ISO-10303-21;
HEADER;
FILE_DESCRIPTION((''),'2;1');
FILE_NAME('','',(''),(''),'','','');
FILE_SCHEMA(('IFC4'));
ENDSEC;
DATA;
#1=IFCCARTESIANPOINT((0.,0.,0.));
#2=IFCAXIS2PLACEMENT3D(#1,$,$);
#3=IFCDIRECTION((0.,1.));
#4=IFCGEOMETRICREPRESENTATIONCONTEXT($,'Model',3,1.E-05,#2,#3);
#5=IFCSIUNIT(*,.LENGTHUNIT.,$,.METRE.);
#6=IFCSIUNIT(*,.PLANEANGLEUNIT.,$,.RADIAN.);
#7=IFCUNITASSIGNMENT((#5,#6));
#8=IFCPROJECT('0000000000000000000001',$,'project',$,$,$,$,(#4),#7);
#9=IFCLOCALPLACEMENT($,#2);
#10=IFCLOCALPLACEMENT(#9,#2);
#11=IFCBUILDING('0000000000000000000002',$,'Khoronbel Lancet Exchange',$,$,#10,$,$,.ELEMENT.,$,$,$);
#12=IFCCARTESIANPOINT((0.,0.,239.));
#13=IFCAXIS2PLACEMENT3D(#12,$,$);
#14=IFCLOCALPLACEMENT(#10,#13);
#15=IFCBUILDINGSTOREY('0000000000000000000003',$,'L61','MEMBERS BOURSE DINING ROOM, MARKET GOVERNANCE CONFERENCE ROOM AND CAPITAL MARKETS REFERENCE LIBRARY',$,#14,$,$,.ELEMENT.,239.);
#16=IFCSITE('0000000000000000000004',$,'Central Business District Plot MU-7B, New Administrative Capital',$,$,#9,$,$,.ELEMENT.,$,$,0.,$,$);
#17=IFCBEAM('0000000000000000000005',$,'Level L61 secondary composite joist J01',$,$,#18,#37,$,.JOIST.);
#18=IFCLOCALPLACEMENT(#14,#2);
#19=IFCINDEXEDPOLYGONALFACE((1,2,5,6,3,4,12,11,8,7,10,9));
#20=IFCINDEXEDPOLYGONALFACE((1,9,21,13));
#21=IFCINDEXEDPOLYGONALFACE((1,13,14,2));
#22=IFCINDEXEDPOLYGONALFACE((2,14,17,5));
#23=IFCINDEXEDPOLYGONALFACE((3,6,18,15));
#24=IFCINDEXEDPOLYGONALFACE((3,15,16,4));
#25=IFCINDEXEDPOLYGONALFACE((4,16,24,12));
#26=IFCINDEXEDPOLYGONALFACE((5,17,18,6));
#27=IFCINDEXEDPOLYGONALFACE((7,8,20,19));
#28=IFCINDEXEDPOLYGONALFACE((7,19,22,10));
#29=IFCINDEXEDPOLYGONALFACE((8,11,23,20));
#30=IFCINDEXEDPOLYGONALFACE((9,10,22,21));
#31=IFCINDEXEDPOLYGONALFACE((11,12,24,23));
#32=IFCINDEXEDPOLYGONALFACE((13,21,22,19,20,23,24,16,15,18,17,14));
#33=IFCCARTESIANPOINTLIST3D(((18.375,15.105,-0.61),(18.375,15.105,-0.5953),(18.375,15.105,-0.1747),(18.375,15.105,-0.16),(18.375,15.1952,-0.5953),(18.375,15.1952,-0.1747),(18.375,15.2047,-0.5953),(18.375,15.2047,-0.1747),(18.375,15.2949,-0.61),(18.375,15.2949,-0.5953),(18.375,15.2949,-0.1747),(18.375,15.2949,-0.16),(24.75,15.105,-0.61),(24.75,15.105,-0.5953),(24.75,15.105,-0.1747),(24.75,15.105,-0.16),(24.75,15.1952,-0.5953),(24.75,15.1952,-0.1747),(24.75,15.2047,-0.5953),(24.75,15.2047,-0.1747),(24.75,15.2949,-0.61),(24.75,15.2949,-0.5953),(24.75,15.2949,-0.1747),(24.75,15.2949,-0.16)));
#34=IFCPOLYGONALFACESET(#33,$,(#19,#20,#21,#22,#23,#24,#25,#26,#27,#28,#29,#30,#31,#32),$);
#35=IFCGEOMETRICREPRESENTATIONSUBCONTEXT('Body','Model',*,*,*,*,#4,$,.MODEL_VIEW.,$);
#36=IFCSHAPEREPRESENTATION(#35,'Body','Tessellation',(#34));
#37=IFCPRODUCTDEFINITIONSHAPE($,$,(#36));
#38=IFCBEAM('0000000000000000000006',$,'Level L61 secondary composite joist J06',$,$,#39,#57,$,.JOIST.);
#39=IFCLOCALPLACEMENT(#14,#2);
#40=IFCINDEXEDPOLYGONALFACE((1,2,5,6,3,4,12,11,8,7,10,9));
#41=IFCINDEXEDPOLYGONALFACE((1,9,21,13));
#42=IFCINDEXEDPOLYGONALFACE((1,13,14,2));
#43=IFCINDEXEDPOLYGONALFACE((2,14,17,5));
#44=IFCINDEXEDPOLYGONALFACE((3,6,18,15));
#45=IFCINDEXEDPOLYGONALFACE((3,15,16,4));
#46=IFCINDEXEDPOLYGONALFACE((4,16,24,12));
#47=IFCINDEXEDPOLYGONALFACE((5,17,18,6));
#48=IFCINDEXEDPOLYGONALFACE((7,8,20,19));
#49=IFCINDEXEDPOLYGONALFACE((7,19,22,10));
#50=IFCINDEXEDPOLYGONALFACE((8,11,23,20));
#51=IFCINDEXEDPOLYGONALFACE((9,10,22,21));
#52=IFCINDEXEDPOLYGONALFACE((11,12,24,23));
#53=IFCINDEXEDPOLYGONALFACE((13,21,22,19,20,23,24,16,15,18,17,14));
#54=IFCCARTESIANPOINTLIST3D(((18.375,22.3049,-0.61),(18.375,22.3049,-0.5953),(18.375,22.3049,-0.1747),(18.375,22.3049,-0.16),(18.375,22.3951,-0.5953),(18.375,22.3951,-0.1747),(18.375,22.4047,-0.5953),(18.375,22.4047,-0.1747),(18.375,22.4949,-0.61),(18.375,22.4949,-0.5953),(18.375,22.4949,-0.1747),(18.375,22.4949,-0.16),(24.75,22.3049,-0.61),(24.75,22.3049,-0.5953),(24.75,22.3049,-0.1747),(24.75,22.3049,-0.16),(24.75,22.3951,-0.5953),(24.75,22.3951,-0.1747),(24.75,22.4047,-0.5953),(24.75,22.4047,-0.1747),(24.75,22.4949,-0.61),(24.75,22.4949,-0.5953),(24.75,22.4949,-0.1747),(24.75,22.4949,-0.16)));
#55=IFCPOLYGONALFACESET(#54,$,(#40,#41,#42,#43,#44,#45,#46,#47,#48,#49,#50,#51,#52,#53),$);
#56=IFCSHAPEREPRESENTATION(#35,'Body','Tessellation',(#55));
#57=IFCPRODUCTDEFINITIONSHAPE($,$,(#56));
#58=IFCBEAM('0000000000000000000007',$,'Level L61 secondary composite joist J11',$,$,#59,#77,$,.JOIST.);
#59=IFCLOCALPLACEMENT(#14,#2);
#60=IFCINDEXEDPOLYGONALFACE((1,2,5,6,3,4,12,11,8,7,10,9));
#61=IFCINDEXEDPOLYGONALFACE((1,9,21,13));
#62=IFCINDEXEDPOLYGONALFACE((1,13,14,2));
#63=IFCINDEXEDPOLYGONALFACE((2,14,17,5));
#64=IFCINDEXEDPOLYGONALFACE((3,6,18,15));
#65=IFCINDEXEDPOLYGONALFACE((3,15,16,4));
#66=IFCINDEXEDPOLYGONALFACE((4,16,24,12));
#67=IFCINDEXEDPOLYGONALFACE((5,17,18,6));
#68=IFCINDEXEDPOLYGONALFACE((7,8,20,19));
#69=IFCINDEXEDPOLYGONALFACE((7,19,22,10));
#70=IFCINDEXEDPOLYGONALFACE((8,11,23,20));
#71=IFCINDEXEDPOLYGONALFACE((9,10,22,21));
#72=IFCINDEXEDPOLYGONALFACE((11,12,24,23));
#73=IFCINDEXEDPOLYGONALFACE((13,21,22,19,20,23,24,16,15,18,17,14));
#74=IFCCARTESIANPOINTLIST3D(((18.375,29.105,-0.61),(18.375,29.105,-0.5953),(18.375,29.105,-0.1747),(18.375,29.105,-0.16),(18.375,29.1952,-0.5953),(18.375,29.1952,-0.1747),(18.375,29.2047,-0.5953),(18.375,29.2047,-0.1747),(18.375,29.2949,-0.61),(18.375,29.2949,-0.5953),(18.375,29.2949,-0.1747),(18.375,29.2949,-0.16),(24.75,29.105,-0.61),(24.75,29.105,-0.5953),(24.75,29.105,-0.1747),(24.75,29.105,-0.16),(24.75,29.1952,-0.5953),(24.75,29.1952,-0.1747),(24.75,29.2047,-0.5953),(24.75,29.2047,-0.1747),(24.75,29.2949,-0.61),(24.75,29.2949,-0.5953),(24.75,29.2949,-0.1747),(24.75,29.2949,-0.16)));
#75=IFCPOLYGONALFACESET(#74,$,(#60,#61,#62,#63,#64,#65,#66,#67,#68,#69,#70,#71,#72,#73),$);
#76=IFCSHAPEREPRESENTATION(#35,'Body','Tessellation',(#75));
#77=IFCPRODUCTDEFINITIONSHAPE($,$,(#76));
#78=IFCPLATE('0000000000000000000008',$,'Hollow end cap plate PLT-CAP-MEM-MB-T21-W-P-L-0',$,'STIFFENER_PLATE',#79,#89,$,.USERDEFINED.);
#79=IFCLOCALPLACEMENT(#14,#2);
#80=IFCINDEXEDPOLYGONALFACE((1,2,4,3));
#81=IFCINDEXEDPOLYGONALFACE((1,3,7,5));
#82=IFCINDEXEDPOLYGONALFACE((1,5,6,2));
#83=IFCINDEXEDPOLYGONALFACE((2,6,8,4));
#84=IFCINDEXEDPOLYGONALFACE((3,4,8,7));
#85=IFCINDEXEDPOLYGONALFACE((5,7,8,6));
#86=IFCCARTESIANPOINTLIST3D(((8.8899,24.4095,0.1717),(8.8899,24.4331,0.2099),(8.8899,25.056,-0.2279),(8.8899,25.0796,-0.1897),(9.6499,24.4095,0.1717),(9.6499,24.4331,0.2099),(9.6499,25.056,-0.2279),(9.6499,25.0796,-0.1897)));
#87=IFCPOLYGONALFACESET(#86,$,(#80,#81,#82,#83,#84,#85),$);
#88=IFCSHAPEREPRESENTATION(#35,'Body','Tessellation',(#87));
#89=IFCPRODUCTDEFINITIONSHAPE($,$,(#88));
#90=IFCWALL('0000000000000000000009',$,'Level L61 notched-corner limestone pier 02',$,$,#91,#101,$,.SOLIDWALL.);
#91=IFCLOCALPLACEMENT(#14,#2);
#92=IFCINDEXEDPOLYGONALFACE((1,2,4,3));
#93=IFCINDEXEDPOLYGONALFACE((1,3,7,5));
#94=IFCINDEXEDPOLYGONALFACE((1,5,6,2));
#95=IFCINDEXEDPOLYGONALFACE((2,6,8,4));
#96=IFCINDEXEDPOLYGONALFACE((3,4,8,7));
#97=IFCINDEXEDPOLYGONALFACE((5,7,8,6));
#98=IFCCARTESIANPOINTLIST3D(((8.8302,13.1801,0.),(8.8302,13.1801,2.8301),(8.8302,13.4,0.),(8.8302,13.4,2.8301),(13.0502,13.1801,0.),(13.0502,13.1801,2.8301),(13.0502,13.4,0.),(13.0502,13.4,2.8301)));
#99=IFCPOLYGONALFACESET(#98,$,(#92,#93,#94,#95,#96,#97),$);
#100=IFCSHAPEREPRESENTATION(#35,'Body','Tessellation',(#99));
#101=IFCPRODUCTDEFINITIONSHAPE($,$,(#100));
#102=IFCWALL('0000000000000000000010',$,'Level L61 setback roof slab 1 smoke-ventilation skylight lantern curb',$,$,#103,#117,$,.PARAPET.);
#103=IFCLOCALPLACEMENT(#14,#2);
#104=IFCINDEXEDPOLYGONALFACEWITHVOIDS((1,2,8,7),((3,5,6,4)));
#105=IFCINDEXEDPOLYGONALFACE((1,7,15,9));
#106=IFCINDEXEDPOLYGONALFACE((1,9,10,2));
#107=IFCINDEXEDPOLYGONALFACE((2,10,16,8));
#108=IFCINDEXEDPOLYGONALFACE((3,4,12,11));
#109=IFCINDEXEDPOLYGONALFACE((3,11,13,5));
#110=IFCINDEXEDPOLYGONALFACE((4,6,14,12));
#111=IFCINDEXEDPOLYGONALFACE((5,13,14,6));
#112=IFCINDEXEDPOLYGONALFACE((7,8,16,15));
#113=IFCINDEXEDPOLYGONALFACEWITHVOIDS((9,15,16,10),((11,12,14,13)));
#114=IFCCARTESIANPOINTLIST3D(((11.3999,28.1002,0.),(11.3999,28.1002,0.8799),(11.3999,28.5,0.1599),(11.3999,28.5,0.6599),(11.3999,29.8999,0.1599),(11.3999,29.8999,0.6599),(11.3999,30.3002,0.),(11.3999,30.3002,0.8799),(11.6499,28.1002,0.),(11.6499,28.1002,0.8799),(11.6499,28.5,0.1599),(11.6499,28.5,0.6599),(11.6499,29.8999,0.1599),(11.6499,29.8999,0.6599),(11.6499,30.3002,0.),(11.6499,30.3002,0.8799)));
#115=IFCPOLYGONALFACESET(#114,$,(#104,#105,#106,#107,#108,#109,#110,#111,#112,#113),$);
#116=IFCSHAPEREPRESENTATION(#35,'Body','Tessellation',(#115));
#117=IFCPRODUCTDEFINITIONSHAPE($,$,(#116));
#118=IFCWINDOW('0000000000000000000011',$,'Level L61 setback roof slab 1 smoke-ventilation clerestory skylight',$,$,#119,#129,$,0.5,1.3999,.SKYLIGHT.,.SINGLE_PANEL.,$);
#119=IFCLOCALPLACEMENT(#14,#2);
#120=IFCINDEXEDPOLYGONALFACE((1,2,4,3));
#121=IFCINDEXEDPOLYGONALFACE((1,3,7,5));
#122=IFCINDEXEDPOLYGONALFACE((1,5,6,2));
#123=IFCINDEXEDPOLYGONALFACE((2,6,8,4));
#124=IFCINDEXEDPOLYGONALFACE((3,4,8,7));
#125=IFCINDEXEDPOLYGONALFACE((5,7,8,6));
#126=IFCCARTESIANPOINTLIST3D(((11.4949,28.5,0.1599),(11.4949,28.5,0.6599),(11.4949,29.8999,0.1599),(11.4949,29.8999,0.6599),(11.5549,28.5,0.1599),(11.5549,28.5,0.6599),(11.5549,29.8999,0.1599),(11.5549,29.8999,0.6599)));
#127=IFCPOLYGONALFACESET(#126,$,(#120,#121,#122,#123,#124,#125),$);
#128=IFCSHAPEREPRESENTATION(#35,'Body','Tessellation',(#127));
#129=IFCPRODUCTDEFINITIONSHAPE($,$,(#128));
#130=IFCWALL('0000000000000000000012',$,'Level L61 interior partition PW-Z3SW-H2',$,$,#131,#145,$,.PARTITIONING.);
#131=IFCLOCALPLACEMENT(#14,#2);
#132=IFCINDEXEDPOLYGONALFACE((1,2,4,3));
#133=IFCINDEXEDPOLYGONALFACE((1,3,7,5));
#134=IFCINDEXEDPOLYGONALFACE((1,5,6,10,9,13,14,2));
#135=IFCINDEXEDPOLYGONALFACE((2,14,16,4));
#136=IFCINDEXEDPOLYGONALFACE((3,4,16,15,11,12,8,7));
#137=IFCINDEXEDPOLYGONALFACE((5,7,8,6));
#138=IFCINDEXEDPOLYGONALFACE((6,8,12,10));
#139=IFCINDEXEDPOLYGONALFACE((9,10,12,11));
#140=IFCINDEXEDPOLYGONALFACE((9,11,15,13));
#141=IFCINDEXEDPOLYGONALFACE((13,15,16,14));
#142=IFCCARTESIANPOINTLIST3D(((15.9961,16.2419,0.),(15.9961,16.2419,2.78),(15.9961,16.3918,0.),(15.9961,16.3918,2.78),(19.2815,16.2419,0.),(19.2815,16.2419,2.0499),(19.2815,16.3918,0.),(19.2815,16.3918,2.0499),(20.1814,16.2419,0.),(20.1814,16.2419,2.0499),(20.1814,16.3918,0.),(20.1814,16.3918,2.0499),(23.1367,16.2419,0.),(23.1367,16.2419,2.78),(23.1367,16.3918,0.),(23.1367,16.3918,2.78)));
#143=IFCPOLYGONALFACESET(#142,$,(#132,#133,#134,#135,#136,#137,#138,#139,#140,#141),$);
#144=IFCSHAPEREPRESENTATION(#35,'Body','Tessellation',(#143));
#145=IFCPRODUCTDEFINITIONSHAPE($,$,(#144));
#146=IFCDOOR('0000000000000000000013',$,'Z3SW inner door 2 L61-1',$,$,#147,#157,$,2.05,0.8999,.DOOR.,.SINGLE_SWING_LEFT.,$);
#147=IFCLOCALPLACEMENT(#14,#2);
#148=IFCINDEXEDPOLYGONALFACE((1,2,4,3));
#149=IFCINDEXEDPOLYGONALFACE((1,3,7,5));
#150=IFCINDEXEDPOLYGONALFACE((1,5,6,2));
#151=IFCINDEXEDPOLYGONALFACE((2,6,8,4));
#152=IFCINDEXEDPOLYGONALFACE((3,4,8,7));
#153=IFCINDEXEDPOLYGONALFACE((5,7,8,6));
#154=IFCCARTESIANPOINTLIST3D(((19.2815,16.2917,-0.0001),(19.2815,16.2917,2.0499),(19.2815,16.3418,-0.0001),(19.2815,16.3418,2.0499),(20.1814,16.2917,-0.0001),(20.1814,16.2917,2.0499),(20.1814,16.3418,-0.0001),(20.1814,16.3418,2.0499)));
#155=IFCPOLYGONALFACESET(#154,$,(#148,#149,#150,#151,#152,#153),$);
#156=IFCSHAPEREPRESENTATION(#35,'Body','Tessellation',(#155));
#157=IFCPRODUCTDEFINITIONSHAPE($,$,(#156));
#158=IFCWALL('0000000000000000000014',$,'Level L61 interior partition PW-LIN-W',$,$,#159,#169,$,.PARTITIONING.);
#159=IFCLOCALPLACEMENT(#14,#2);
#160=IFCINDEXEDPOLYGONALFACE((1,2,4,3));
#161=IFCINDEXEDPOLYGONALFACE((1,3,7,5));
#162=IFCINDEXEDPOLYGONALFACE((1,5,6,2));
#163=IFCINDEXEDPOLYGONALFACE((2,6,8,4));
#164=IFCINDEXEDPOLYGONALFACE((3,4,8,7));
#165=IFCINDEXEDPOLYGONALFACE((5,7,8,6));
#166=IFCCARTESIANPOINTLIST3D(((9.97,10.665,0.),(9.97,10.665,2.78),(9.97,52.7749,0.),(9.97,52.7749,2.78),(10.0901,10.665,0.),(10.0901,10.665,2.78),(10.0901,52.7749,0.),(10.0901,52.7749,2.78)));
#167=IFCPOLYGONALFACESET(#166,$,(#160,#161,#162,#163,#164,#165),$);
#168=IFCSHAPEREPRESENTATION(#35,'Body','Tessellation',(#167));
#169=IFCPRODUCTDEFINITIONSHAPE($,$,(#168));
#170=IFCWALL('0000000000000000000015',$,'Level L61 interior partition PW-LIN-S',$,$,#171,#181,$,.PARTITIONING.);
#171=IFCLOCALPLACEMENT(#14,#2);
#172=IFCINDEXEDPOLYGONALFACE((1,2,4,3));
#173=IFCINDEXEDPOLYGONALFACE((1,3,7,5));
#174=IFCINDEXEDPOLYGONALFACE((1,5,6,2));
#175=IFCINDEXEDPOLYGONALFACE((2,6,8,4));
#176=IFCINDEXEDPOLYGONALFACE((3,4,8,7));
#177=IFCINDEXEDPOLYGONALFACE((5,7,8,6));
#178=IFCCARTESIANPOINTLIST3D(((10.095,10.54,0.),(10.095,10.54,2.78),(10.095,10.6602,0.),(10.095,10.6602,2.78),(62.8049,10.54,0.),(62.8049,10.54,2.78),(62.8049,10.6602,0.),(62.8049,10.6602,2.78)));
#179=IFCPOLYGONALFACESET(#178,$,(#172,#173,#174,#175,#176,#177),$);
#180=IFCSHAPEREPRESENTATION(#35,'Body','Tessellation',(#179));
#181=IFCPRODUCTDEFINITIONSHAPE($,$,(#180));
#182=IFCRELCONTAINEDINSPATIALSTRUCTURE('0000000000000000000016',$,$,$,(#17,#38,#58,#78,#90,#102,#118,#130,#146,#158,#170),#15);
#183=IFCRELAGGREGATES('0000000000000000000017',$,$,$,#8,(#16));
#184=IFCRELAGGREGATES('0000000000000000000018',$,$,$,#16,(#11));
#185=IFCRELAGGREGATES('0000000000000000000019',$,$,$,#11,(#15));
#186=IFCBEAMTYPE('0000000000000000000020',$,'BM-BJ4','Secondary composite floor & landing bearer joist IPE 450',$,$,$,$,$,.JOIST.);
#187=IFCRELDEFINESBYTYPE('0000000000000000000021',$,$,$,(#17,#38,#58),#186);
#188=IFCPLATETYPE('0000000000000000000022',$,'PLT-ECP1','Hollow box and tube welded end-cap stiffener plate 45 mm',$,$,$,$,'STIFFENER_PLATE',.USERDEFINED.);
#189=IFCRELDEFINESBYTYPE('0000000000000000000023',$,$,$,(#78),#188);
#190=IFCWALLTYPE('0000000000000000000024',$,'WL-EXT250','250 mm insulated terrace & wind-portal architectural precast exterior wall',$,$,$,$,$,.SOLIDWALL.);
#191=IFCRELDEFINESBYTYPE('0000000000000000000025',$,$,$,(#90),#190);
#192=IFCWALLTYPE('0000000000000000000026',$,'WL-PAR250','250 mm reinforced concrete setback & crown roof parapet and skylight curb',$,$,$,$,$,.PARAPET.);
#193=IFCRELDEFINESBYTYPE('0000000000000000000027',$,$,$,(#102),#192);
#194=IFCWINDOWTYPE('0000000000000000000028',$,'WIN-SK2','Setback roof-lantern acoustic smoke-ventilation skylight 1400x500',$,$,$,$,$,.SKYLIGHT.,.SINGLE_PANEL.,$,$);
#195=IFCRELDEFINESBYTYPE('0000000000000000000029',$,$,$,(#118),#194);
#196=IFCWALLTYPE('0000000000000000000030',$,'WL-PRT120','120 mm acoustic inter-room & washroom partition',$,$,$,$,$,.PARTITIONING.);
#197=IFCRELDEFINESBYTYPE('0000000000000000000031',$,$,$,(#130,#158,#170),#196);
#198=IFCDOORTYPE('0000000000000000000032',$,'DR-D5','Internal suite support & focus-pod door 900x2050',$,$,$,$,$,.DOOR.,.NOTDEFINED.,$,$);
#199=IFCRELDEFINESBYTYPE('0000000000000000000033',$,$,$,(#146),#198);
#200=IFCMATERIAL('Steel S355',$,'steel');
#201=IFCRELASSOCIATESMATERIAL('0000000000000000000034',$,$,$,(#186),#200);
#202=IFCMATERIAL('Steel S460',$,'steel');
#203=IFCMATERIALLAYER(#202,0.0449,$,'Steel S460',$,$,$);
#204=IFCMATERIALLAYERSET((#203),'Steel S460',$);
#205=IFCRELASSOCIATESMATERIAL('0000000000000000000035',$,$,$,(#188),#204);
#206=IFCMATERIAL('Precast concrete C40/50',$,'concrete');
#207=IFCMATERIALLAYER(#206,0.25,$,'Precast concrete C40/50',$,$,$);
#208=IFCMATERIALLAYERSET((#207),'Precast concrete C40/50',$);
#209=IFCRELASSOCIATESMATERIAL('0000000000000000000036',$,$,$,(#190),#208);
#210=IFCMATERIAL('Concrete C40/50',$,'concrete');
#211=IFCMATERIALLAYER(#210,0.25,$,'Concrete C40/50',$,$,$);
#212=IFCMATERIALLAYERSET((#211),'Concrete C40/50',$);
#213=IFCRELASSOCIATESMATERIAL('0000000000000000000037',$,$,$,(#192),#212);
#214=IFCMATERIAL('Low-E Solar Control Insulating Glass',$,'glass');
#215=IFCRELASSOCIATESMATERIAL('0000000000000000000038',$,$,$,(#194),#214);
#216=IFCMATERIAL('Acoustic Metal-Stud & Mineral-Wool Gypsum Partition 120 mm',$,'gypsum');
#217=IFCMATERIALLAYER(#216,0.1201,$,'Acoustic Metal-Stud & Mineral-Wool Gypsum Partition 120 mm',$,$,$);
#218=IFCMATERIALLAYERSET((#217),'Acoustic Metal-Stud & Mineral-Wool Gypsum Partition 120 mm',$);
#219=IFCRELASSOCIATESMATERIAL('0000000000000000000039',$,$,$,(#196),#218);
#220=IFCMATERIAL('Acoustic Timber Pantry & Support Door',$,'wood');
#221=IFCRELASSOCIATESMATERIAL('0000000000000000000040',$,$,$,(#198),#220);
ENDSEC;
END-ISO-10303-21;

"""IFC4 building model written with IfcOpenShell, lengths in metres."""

from ifc_helpers import new_model, si_unit, direction, frame, frame_2d, origin, origin_2d, place, context, subcontext, project, spatial, polyline, rectangle, i_section, outline, extrude, material, layer, layer_set, material_profile, profile_set, type_object, element, fill, save


model = new_model("IFC4")

# Units and contexts
model_context = context("Model", 3, precision=1e-05, world=origin(), true_north=direction((0.0, 1.0)))
body_context = subcontext(model_context, "Body", "Model", "MODEL_VIEW")
ifc_project = project(units=[si_unit("LENGTHUNIT", "METRE"), si_unit("PLANEANGLEUNIT", "RADIAN")], contexts=[model_context])

# Site, building, storey
site_placement = place(None, origin())
site = spatial("IfcSite", under=ifc_project, at=site_placement, Name="Central Business District Plot MU-7B, New Administrative Capital", CompositionType="ELEMENT", RefElevation=0.0)
building_placement = place(site_placement, origin())
building = spatial("IfcBuilding", under=site, at=building_placement, Name="Khoronbel Lancet Exchange", CompositionType="ELEMENT")
storey_placement = place(building_placement, frame((0.0, 0.0, 239.0)))
storey = spatial("IfcBuildingStorey", under=building, at=storey_placement, Name="L61", Description="MEMBERS BOURSE DINING ROOM, MARKET GOVERNANCE CONFERENCE ROOM AND CAPITAL MARKETS REFERENCE LIBRARY", CompositionType="ELEMENT", Elevation=239.0)

# Beams
ifc_material_1 = material(Name="Steel S355", Category="steel")
ifc_material_profile = material_profile(ifc_material_1, i_section(OverallWidth=0.1899, OverallDepth=0.45, WebThickness=0.0095, FlangeThickness=0.0146, at=origin_2d()), Name="IPE 450")
ifc_profile_set = profile_set([ifc_material_profile], Name="Steel S355")
beam_type = type_object("IfcBeamType", Name="BM-BJ4", Description="Secondary composite floor & landing bearer joist IPE 450", PredefinedType="JOIST", material=ifc_profile_set)
for number, where, z_axis, x_axis, name in (
    (1, (18.375, 15.2, -0.385), (1.0, 0.0, 0.0), (0.0, 1.0, 0.0), "Level L61 secondary composite joist J01"),
    (2, (18.375, 22.3999, -0.385), (1.0, 0.0, 0.0), (0.0, 1.0, 0.0), "Level L61 secondary composite joist J06"),
    (3, (18.375, 29.2, -0.385), (1.0, 0.0, 0.0), (0.0, 1.0, 0.0), "Level L61 secondary composite joist J11"),
):
    element("IfcBeam", number, at=place(storey_placement, frame(where, z_axis=z_axis, x_axis=x_axis)), inside=storey, type_object=beam_type, Name=name, PredefinedType="JOIST", context=body_context, shape_type="SweptSolid", body=[
        extrude(i_section(OverallWidth=0.1899, OverallDepth=0.45, WebThickness=0.0095, FlangeThickness=0.0146, at=origin_2d()), origin(), (0.0, 0.0, 1.0), 6.375),
    ])

# Plate
ifc_material_2 = material(Name="Steel S460", Category="steel")
ifc_layer_1 = layer(ifc_material_2, 0.0449, Name="Steel S460")
ifc_layer_set_1 = layer_set([ifc_layer_1], Name="Steel S460")
plate_type = type_object("IfcPlateType", Name="PLT-ECP1", Description="Hollow box and tube welded end-cap stiffener plate 45 mm", ElementType="STIFFENER_PLATE", PredefinedType="USERDEFINED", material=ifc_layer_set_1)
plate_placement = place(storey_placement, frame((9.6499, 25.0796, -0.1897), z_axis=(0.0, 0.525835, 0.850587), x_axis=(-1.0, 0.0, 0.0)))
element("IfcPlate", 4, at=plate_placement, inside=storey, type_object=plate_type, Name="Hollow end cap plate PLT-CAP-MEM-MB-T21-W-P-L-0", ObjectType="STIFFENER_PLATE", PredefinedType="USERDEFINED", context=body_context, shape_type="SweptSolid", body=[
    extrude(outline(polyline([(0.0, 0.0), (0.76, 0.0), (0.76, 0.76), (0.0, 0.76), (0.0, 0.0)])), origin(), (0.0, 0.0, -1.0), 0.0449),
])

# Wall
ifc_material_3 = material(Name="Precast concrete C40/50", Category="concrete")
ifc_layer_2 = layer(ifc_material_3, 0.25, Name="Precast concrete C40/50")
ifc_layer_set_2 = layer_set([ifc_layer_2], Name="Precast concrete C40/50")
wall_type_1 = type_object("IfcWallType", Name="WL-EXT250", Description="250 mm insulated terrace & wind-portal architectural precast exterior wall", PredefinedType="SOLIDWALL", material=ifc_layer_set_2)
wall_1_placement = place(storey_placement, frame((13.05, 13.29, 0.0), z_axis=(0.0, 0.0, 1.0), x_axis=(-1.0, 0.0, 0.0)))
element("IfcWall", 5, at=wall_1_placement, inside=storey, type_object=wall_type_1, Name="Level L61 notched-corner limestone pier 02", PredefinedType="SOLIDWALL", context=body_context, shape_type="SweptSolid", body=[
    extrude(rectangle(XDim=4.22, YDim=0.22, at=frame_2d((2.1099, 0.0))), origin(), (0.0, 0.0, 1.0), 2.8301),
])

# Wall, opening, window
ifc_material_4 = material(Name="Concrete C40/50", Category="concrete")
ifc_layer_3 = layer(ifc_material_4, 0.25, Name="Concrete C40/50")
ifc_layer_set_3 = layer_set([ifc_layer_3], Name="Concrete C40/50")
wall_type_2 = type_object("IfcWallType", Name="WL-PAR250", Description="250 mm reinforced concrete setback & crown roof parapet and skylight curb", PredefinedType="PARAPET", material=ifc_layer_set_3)
wall_2_placement = place(storey_placement, frame((11.5249, 28.1001, 0.0), z_axis=(0.0, 0.0, 1.0), x_axis=(0.0, 1.0, 0.0)))
wall_2 = element("IfcWall", 6, at=wall_2_placement, inside=storey, type_object=wall_type_2, Name="Level L61 setback roof slab 1 smoke-ventilation skylight lantern curb", PredefinedType="PARAPET", context=body_context, shape_type="SweptSolid", body=[
    extrude(rectangle(XDim=2.2, YDim=0.25, at=frame_2d((1.1001, 0.0))), origin(), (0.0, 0.0, 1.0), 0.8799),
])
opening_1_placement = place(wall_2_placement, frame((0.3999, 0.0, 0.1599)))
opening_1 = element("IfcOpeningElement", 7, at=opening_1_placement, cuts=wall_2, PredefinedType="OPENING", context=body_context, shape_type="SweptSolid", body=[
    extrude(rectangle(XDim=1.3999, YDim=0.5, at=frame_2d((0.7, 0.25))), frame((0.0, 0.135, 0.0), z_axis=(0.0, -1.0, 0.0), x_axis=(1.0, 0.0, 0.0)), (0.0, 0.0, 1.0), 0.27),
])
ifc_material_5 = material(Name="Low-E Solar Control Insulating Glass", Category="glass")
window_type = type_object("IfcWindowType", Name="WIN-SK2", Description="Setback roof-lantern acoustic smoke-ventilation skylight 1400x500", PartitioningType="SINGLE_PANEL", PredefinedType="SKYLIGHT", material=ifc_material_5)
window_placement = place(opening_1_placement, origin())
window = element("IfcWindow", 8, at=window_placement, inside=storey, type_object=window_type, Name="Level L61 setback roof slab 1 smoke-ventilation clerestory skylight", OverallHeight=0.5, OverallWidth=1.3999, PartitioningType="SINGLE_PANEL", PredefinedType="SKYLIGHT", context=body_context, shape_type="SweptSolid", body=[
    extrude(rectangle(XDim=1.3999, YDim=0.5, at=frame_2d((0.7, 0.25))), frame((0.0, 0.03, 0.0), z_axis=(0.0, -1.0, 0.0), x_axis=(1.0, 0.0, 0.0)), (0.0, 0.0, 1.0), 0.0601),
])
fill(opening_1, window)

# Wall, opening, door
ifc_material_6 = material(Name="Acoustic Metal-Stud & Mineral-Wool Gypsum Partition 120 mm", Category="gypsum")
ifc_layer_4 = layer(ifc_material_6, 0.1201, Name="Acoustic Metal-Stud & Mineral-Wool Gypsum Partition 120 mm")
ifc_layer_set_4 = layer_set([ifc_layer_4], Name="Acoustic Metal-Stud & Mineral-Wool Gypsum Partition 120 mm")
wall_type_3 = type_object("IfcWallType", Name="WL-PRT120", Description="120 mm acoustic inter-room & washroom partition", PredefinedType="PARTITIONING", material=ifc_layer_set_4)
wall_3_placement = place(storey_placement, frame((15.9961, 16.3169, 0.0), z_axis=(0.0, 0.0, 1.0), x_axis=(1.0, 0.0, 0.0)))
wall_3 = element("IfcWall", 9, at=wall_3_placement, inside=storey, type_object=wall_type_3, Name="Level L61 interior partition PW-Z3SW-H2", PredefinedType="PARTITIONING", context=body_context, shape_type="SweptSolid", body=[
    extrude(rectangle(XDim=7.1406, YDim=0.1499, at=frame_2d((3.5703, 0.0))), origin(), (0.0, 0.0, 1.0), 2.78),
])
opening_2_placement = place(wall_3_placement, frame((3.2854, 0.0, 0.0)))
opening_2 = element("IfcOpeningElement", 10, at=opening_2_placement, cuts=wall_3, PredefinedType="OPENING", context=body_context, shape_type="SweptSolid", body=[
    extrude(rectangle(XDim=0.8999, YDim=2.05, at=frame_2d((0.45, 1.0249))), frame((0.0, 0.085, 0.0), z_axis=(0.0, -1.0, 0.0), x_axis=(1.0, 0.0, 0.0)), (0.0, 0.0, 1.0), 0.1699),
])
ifc_material_7 = material(Name="Acoustic Timber Pantry & Support Door", Category="wood")
door_type_1 = type_object("IfcDoorType", Name="DR-D5", Description="Internal suite support & focus-pod door 900x2050", OperationType="NOTDEFINED", PredefinedType="DOOR", material=ifc_material_7)
door_1_placement = place(opening_2_placement, origin())
door_1 = element("IfcDoor", 11, at=door_1_placement, inside=storey, type_object=door_type_1, Name="Z3SW inner door 2 L61-1", OperationType="SINGLE_SWING_LEFT", OverallHeight=2.05, OverallWidth=0.8999, PredefinedType="DOOR", context=body_context, shape_type="SweptSolid", body=[
    extrude(rectangle(XDim=0.8999, YDim=2.05, at=frame_2d((0.45, 1.0249))), frame((0.0, 0.0249, 0.0), z_axis=(0.0, -1.0, 0.0), x_axis=(1.0, 0.0, 0.0)), (0.0, 0.0, 1.0), 0.05),
])
fill(opening_2, door_1)

# Walls
wall_4_placement = place(storey_placement, frame((10.03, 10.665, 0.0), z_axis=(0.0, 0.0, 1.0), x_axis=(0.0, 1.0, 0.0)))
element("IfcWall", 12, at=wall_4_placement, inside=storey, type_object=wall_type_3, Name="Level L61 interior partition PW-LIN-W", PredefinedType="PARTITIONING", context=body_context, shape_type="SweptSolid", body=[
    extrude(rectangle(XDim=42.1099, YDim=0.1201, at=frame_2d((21.0549, 0.0))), origin(), (0.0, 0.0, 1.0), 2.78),
])
wall_5_placement = place(storey_placement, frame((10.095, 10.6001, 0.0), z_axis=(0.0, 0.0, 1.0), x_axis=(1.0, 0.0, 0.0)))
element("IfcWall", 13, at=wall_5_placement, inside=storey, type_object=wall_type_3, Name="Level L61 interior partition PW-LIN-S", PredefinedType="PARTITIONING", context=body_context, shape_type="SweptSolid", body=[
    extrude(rectangle(XDim=52.71, YDim=0.1201, at=frame_2d((26.355, 0.0))), origin(), (0.0, 0.0, 1.0), 2.78),
])

save(model, "model.ifc")
